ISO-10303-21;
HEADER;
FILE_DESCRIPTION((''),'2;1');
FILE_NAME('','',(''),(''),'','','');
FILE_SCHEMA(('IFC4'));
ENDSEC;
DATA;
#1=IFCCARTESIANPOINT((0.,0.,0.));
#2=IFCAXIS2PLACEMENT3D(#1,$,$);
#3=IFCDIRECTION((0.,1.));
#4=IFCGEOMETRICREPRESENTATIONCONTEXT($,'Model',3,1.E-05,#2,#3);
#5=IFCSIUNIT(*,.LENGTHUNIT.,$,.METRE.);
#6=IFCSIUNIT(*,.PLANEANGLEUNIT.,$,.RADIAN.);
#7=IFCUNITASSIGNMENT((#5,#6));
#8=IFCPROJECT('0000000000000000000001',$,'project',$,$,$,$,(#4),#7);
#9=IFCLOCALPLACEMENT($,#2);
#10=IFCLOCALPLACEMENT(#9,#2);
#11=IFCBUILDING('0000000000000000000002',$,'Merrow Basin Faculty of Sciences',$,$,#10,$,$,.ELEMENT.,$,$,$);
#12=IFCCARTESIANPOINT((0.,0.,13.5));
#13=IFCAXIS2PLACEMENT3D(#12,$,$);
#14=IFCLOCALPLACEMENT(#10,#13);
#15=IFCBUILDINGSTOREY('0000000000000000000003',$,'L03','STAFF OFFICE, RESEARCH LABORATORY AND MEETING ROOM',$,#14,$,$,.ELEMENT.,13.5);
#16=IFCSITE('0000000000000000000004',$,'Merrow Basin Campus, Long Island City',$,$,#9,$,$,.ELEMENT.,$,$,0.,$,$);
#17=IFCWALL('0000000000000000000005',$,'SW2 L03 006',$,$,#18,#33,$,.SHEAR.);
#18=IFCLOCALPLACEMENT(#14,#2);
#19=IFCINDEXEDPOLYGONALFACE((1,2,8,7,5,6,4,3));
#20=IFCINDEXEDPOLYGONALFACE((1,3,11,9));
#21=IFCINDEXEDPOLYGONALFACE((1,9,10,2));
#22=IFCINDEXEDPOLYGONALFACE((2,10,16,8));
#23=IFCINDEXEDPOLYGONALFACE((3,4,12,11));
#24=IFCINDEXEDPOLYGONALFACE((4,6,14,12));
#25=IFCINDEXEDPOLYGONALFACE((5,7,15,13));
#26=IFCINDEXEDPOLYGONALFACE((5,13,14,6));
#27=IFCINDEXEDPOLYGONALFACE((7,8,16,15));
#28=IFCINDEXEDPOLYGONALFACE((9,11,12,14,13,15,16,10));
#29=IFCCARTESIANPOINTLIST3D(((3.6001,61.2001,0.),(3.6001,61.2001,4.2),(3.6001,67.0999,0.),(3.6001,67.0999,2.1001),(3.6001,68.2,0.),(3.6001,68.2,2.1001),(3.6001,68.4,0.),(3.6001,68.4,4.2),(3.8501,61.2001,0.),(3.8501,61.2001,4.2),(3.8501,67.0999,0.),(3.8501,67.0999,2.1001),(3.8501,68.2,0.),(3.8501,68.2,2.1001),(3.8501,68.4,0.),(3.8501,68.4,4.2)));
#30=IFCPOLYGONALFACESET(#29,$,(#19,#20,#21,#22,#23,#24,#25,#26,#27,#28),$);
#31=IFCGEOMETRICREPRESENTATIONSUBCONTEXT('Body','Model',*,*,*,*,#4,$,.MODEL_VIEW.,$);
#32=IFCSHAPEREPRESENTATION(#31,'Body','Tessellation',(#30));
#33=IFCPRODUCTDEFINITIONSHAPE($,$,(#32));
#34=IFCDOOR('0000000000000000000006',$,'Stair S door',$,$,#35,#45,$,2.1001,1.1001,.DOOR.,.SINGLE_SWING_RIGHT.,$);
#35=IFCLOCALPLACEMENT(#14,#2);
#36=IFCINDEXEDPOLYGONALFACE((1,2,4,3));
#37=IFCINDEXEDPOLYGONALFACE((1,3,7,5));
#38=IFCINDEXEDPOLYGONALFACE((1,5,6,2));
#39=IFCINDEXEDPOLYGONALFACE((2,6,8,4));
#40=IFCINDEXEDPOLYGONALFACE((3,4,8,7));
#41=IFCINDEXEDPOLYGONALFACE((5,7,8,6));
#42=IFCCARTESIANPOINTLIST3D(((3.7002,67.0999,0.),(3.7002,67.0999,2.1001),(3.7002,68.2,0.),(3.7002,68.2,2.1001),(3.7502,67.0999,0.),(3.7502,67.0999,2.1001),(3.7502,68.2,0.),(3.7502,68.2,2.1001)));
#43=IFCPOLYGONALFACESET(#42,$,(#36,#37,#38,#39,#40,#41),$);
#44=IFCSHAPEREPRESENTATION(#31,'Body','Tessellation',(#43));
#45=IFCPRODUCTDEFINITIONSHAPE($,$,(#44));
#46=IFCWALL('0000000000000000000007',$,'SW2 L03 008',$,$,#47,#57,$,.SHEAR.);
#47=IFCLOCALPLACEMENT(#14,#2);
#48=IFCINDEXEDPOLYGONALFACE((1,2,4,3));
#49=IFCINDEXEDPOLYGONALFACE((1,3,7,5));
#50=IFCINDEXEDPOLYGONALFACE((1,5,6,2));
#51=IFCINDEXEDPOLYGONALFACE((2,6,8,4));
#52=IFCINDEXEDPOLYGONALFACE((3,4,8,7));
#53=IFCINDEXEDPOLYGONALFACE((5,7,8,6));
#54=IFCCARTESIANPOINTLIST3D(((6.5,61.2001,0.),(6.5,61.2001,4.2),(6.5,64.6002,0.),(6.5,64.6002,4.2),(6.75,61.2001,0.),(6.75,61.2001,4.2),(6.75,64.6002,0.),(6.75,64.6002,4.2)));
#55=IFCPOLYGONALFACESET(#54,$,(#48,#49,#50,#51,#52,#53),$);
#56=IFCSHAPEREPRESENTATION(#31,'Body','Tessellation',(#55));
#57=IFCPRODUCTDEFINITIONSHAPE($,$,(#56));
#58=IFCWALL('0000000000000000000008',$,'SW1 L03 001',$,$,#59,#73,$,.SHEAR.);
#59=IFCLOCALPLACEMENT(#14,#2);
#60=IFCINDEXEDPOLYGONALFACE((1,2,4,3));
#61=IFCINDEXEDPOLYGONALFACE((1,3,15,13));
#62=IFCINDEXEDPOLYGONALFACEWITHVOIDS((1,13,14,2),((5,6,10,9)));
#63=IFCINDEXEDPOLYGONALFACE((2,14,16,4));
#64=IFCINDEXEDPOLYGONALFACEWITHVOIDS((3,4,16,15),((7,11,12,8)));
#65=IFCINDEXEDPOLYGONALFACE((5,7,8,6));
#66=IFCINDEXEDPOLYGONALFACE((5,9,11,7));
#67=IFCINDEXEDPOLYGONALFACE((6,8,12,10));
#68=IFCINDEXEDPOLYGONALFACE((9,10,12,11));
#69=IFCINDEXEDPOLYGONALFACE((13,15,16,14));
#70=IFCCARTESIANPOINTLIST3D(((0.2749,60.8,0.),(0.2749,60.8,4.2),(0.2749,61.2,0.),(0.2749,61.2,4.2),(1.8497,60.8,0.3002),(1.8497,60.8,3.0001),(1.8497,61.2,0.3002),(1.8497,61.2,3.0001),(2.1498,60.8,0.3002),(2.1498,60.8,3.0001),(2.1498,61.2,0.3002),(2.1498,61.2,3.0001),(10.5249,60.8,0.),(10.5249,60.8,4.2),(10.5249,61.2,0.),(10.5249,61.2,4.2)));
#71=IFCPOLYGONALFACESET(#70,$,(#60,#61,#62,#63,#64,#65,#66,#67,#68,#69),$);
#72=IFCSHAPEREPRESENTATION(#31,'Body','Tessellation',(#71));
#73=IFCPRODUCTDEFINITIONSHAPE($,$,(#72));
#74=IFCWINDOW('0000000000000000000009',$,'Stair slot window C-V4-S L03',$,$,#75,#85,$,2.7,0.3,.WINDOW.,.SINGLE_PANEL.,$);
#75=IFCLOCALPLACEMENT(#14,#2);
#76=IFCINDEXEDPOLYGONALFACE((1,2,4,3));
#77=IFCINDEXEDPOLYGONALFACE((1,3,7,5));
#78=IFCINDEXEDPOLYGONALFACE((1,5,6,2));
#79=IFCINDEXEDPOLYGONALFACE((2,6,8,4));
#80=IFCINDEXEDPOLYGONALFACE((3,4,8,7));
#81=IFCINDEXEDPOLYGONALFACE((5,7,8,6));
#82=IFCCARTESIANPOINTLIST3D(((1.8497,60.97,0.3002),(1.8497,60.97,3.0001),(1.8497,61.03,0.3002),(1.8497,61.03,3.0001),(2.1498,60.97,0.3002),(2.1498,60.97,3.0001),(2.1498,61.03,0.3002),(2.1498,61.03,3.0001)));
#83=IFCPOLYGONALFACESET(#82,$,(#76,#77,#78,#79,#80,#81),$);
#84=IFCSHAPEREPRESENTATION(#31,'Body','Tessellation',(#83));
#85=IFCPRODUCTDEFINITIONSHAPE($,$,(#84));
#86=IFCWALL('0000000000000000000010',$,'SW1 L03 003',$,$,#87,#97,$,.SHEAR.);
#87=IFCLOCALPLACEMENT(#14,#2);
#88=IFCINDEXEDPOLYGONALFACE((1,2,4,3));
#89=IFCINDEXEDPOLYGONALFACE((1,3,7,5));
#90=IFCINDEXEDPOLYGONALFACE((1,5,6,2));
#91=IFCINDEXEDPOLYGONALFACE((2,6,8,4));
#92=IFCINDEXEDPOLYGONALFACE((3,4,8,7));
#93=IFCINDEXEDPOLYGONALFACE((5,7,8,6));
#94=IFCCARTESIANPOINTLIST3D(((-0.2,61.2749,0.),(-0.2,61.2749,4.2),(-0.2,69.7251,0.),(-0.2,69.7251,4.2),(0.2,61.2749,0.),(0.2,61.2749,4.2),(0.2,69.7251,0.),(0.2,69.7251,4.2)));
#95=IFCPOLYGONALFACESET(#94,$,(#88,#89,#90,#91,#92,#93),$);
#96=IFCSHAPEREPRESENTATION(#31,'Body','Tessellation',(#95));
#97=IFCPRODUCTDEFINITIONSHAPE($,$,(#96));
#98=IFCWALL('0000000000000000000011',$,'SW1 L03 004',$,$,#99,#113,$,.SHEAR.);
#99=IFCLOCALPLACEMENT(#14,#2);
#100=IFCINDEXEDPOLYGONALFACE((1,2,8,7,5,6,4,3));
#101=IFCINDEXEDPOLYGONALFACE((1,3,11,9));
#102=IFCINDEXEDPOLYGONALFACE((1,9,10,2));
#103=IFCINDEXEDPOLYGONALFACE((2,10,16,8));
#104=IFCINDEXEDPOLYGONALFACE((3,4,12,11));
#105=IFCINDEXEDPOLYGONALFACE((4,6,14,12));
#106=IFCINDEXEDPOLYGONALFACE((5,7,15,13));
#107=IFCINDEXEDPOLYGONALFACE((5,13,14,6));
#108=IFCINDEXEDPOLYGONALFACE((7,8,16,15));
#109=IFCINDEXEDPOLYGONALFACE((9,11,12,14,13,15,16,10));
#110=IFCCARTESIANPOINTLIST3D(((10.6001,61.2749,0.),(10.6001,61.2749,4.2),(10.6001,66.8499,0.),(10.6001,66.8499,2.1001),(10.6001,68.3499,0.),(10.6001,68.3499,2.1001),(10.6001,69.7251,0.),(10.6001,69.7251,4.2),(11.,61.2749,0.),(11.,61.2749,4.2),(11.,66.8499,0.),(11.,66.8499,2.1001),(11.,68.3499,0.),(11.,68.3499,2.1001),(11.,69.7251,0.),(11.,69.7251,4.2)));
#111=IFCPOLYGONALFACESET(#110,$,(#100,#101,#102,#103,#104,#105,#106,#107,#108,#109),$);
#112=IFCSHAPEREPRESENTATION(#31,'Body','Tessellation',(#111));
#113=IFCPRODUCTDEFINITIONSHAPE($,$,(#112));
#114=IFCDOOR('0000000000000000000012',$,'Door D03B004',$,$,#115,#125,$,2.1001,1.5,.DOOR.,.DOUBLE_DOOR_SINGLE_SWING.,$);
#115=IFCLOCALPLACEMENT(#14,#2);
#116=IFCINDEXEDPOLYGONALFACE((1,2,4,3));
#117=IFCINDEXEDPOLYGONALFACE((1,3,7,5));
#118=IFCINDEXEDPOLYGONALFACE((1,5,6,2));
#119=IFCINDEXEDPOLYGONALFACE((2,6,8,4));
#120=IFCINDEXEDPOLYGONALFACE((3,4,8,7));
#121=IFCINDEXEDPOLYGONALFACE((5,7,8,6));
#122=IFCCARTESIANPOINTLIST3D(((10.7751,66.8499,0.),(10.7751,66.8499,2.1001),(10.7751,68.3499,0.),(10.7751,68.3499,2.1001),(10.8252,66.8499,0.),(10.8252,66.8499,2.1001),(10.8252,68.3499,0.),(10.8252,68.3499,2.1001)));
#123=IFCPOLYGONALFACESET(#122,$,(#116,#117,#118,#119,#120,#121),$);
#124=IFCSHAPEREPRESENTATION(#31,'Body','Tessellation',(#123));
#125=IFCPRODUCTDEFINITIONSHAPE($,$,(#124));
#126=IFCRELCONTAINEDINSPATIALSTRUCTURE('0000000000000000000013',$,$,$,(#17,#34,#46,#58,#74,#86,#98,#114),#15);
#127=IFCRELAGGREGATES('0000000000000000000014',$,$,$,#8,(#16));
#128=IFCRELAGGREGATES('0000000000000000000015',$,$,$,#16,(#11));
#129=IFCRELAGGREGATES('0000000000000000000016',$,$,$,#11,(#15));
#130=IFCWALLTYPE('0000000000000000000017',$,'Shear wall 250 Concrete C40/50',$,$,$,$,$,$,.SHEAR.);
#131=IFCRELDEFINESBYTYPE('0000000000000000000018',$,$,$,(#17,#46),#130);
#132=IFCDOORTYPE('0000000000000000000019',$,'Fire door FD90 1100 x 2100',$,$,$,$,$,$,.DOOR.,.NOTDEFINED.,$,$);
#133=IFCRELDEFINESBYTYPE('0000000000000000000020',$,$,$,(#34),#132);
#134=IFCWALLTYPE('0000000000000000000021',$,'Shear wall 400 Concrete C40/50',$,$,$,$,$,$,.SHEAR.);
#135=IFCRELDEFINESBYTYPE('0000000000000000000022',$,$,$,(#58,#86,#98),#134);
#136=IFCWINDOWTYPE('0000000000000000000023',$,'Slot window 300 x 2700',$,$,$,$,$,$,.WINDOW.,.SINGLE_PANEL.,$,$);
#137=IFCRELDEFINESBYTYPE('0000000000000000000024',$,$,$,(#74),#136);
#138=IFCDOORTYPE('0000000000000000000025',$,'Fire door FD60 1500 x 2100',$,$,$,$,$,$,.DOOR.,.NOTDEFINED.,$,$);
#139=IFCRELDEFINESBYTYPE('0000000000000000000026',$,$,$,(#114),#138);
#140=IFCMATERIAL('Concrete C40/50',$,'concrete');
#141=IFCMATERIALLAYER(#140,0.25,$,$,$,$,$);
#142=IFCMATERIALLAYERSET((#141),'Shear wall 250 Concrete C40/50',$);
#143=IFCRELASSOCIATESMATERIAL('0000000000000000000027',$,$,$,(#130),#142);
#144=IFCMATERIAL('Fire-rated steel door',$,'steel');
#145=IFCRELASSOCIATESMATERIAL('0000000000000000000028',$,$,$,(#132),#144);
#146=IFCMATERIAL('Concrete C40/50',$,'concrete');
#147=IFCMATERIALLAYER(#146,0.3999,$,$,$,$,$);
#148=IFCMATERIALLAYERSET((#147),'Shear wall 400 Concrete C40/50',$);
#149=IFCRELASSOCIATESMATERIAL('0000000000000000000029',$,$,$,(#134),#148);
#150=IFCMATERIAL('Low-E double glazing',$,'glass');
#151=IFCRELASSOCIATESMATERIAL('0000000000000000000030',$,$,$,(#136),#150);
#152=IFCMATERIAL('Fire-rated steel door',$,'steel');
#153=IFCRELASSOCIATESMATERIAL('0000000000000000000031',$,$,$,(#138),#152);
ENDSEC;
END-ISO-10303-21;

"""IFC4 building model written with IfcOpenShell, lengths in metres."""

from ifc_helpers import new_model, si_unit, direction, frame, frame_2d, origin, place, context, subcontext, project, spatial, rectangle, extrude, material, layer, layer_set, type_object, element, fill, save


model = new_model("IFC4")

# Units and contexts
model_context = context("Model", 3, precision=1e-05, world=origin(), true_north=direction((0.0, 1.0)))
body_context = subcontext(model_context, "Body", "Model", "MODEL_VIEW")
ifc_project = project(units=[si_unit("LENGTHUNIT", "METRE"), si_unit("PLANEANGLEUNIT", "RADIAN")], contexts=[model_context])

# Site, building, storey
site_placement = place(None, origin())
site = spatial("IfcSite", under=ifc_project, at=site_placement, Name="Merrow Basin Campus, Long Island City", CompositionType="ELEMENT", RefElevation=0.0)
building_placement = place(site_placement, origin())
building = spatial("IfcBuilding", under=site, at=building_placement, Name="Merrow Basin Faculty of Sciences", CompositionType="ELEMENT")
storey_placement = place(building_placement, frame((0.0, 0.0, 13.5)))
storey = spatial("IfcBuildingStorey", under=building, at=storey_placement, Name="L03", Description="STAFF OFFICE, RESEARCH LABORATORY AND MEETING ROOM", CompositionType="ELEMENT", Elevation=13.5)

# Wall, opening, door
ifc_material_1 = material(Name="Concrete C40/50", Category="concrete")
ifc_layer_1 = layer(ifc_material_1, 0.25)
ifc_layer_set_1 = layer_set([ifc_layer_1], Name="Shear wall 250 Concrete C40/50")
wall_type_1 = type_object("IfcWallType", Name="Shear wall 250 Concrete C40/50", PredefinedType="SHEAR", material=ifc_layer_set_1)
wall_1_placement = place(storey_placement, frame((3.7251, 61.2, 0.0), z_axis=(0.0, 0.0, 1.0), x_axis=(0.0, 1.0, 0.0)))
wall_1 = element("IfcWall", 1, at=wall_1_placement, inside=storey, type_object=wall_type_1, Name="SW2 L03 006", PredefinedType="SHEAR", context=body_context, shape_type="SweptSolid", body=[
    extrude(rectangle(XDim=7.2, YDim=0.25, at=frame_2d((3.6001, 0.0))), origin(), (0.0, 0.0, 1.0), 4.2),
])
opening_1_placement = place(wall_1_placement, frame((5.8999, 0.0, 0.0)))
opening_1 = element("IfcOpeningElement", 2, at=opening_1_placement, cuts=wall_1, PredefinedType="OPENING", context=body_context, shape_type="SweptSolid", body=[
    extrude(rectangle(XDim=1.1001, YDim=2.1001, at=frame_2d((0.55, 1.05))), frame((0.0, 0.135, 0.0), z_axis=(0.0, -1.0, 0.0), x_axis=(1.0, 0.0, 0.0)), (0.0, 0.0, 1.0), 0.27),
])
ifc_material_2 = material(Name="Fire-rated steel door", Category="steel")
door_type_1 = type_object("IfcDoorType", Name="Fire door FD90 1100 x 2100", OperationType="NOTDEFINED", PredefinedType="DOOR", material=ifc_material_2)
door_1_placement = place(opening_1_placement, origin())
door_1 = element("IfcDoor", 3, at=door_1_placement, inside=storey, type_object=door_type_1, Name="Stair S door", OperationType="SINGLE_SWING_RIGHT", OverallHeight=2.1001, OverallWidth=1.1001, PredefinedType="DOOR", context=body_context, shape_type="SweptSolid", body=[
    extrude(rectangle(XDim=1.1001, YDim=2.1001, at=frame_2d((0.55, 1.05))), frame((0.0, 0.0249, 0.0), z_axis=(0.0, -1.0, 0.0), x_axis=(1.0, 0.0, 0.0)), (0.0, 0.0, 1.0), 0.05),
])
fill(opening_1, door_1)

# Wall
wall_2_placement = place(storey_placement, frame((6.625, 61.2, 0.0), z_axis=(0.0, 0.0, 1.0), x_axis=(0.0, 1.0, 0.0)))
element("IfcWall", 4, at=wall_2_placement, inside=storey, type_object=wall_type_1, Name="SW2 L03 008", PredefinedType="SHEAR", context=body_context, shape_type="SweptSolid", body=[
    extrude(rectangle(XDim=3.4001, YDim=0.25, at=frame_2d((1.7002, 0.0))), origin(), (0.0, 0.0, 1.0), 4.2),
])

# Wall, opening, window
ifc_material_3 = material(Name="Concrete C40/50", Category="concrete")
ifc_layer_2 = layer(ifc_material_3, 0.3999)
ifc_layer_set_2 = layer_set([ifc_layer_2], Name="Shear wall 400 Concrete C40/50")
wall_type_2 = type_object("IfcWallType", Name="Shear wall 400 Concrete C40/50", PredefinedType="SHEAR", material=ifc_layer_set_2)
wall_3_placement = place(storey_placement, frame((0.2749, 61.0, 0.0), z_axis=(0.0, 0.0, 1.0), x_axis=(1.0, 0.0, 0.0)))
wall_3 = element("IfcWall", 5, at=wall_3_placement, inside=storey, type_object=wall_type_2, Name="SW1 L03 001", PredefinedType="SHEAR", context=body_context, shape_type="SweptSolid", body=[
    extrude(rectangle(XDim=10.25, YDim=0.3999, at=frame_2d((5.125, 0.0))), origin(), (0.0, 0.0, 1.0), 4.2),
])
opening_2_placement = place(wall_3_placement, frame((1.575, 0.0, 0.3)))
opening_2 = element("IfcOpeningElement", 6, at=opening_2_placement, cuts=wall_3, PredefinedType="OPENING", context=body_context, shape_type="SweptSolid", body=[
    extrude(rectangle(XDim=0.3, YDim=2.7, at=frame_2d((0.1499, 1.3501))), frame((0.0, 0.21, 0.0), z_axis=(0.0, -1.0, 0.0), x_axis=(1.0, 0.0, 0.0)), (0.0, 0.0, 1.0), 0.4199),
])
ifc_material_4 = material(Name="Low-E double glazing", Category="glass")
window_type = type_object("IfcWindowType", Name="Slot window 300 x 2700", PartitioningType="SINGLE_PANEL", PredefinedType="WINDOW", material=ifc_material_4)
window_placement = place(opening_2_placement, origin())
window = element("IfcWindow", 7, at=window_placement, inside=storey, type_object=window_type, Name="Stair slot window C-V4-S L03", OverallHeight=2.7, OverallWidth=0.3, PartitioningType="SINGLE_PANEL", PredefinedType="WINDOW", context=body_context, shape_type="SweptSolid", body=[
    extrude(rectangle(XDim=0.3, YDim=2.7, at=frame_2d((0.1499, 1.3501))), frame((0.0, 0.03, 0.0), z_axis=(0.0, -1.0, 0.0), x_axis=(1.0, 0.0, 0.0)), (0.0, 0.0, 1.0), 0.0601),
])
fill(opening_2, window)

# Wall
wall_4_placement = place(storey_placement, frame((0.0, 61.2749, 0.0), z_axis=(0.0, 0.0, 1.0), x_axis=(0.0, 1.0, 0.0)))
element("IfcWall", 8, at=wall_4_placement, inside=storey, type_object=wall_type_2, Name="SW1 L03 003", PredefinedType="SHEAR", context=body_context, shape_type="SweptSolid", body=[
    extrude(rectangle(XDim=8.4502, YDim=0.3999, at=frame_2d((4.2251, 0.0))), origin(), (0.0, 0.0, 1.0), 4.2),
])

# Wall, opening, door
wall_5_placement = place(storey_placement, frame((10.8, 61.2749, 0.0), z_axis=(0.0, 0.0, 1.0), x_axis=(0.0, 1.0, 0.0)))
wall_5 = element("IfcWall", 9, at=wall_5_placement, inside=storey, type_object=wall_type_2, Name="SW1 L03 004", PredefinedType="SHEAR", context=body_context, shape_type="SweptSolid", body=[
    extrude(rectangle(XDim=8.4502, YDim=0.3999, at=frame_2d((4.2251, 0.0))), origin(), (0.0, 0.0, 1.0), 4.2),
])
opening_3_placement = place(wall_5_placement, frame((5.575, 0.0, 0.0)))
opening_3 = element("IfcOpeningElement", 10, at=opening_3_placement, cuts=wall_5, PredefinedType="OPENING", context=body_context, shape_type="SweptSolid", body=[
    extrude(rectangle(XDim=1.5, YDim=2.1001, at=frame_2d((0.75, 1.05))), frame((0.0, 0.21, 0.0), z_axis=(0.0, -1.0, 0.0), x_axis=(1.0, 0.0, 0.0)), (0.0, 0.0, 1.0), 0.4199),
])
ifc_material_5 = material(Name="Fire-rated steel door", Category="steel")
door_type_2 = type_object("IfcDoorType", Name="Fire door FD60 1500 x 2100", OperationType="NOTDEFINED", PredefinedType="DOOR", material=ifc_material_5)
door_2_placement = place(opening_3_placement, origin())
door_2 = element("IfcDoor", 11, at=door_2_placement, inside=storey, type_object=door_type_2, Name="Door D03B004", OperationType="DOUBLE_DOOR_SINGLE_SWING", OverallHeight=2.1001, OverallWidth=1.5, PredefinedType="DOOR", context=body_context, shape_type="SweptSolid", body=[
    extrude(rectangle(XDim=1.5, YDim=2.1001, at=frame_2d((0.75, 1.05))), frame((0.0, 0.0249, 0.0), z_axis=(0.0, -1.0, 0.0), x_axis=(1.0, 0.0, 0.0)), (0.0, 0.0, 1.0), 0.05),
])
fill(opening_3, door_2)

save(model, "model.ifc")
